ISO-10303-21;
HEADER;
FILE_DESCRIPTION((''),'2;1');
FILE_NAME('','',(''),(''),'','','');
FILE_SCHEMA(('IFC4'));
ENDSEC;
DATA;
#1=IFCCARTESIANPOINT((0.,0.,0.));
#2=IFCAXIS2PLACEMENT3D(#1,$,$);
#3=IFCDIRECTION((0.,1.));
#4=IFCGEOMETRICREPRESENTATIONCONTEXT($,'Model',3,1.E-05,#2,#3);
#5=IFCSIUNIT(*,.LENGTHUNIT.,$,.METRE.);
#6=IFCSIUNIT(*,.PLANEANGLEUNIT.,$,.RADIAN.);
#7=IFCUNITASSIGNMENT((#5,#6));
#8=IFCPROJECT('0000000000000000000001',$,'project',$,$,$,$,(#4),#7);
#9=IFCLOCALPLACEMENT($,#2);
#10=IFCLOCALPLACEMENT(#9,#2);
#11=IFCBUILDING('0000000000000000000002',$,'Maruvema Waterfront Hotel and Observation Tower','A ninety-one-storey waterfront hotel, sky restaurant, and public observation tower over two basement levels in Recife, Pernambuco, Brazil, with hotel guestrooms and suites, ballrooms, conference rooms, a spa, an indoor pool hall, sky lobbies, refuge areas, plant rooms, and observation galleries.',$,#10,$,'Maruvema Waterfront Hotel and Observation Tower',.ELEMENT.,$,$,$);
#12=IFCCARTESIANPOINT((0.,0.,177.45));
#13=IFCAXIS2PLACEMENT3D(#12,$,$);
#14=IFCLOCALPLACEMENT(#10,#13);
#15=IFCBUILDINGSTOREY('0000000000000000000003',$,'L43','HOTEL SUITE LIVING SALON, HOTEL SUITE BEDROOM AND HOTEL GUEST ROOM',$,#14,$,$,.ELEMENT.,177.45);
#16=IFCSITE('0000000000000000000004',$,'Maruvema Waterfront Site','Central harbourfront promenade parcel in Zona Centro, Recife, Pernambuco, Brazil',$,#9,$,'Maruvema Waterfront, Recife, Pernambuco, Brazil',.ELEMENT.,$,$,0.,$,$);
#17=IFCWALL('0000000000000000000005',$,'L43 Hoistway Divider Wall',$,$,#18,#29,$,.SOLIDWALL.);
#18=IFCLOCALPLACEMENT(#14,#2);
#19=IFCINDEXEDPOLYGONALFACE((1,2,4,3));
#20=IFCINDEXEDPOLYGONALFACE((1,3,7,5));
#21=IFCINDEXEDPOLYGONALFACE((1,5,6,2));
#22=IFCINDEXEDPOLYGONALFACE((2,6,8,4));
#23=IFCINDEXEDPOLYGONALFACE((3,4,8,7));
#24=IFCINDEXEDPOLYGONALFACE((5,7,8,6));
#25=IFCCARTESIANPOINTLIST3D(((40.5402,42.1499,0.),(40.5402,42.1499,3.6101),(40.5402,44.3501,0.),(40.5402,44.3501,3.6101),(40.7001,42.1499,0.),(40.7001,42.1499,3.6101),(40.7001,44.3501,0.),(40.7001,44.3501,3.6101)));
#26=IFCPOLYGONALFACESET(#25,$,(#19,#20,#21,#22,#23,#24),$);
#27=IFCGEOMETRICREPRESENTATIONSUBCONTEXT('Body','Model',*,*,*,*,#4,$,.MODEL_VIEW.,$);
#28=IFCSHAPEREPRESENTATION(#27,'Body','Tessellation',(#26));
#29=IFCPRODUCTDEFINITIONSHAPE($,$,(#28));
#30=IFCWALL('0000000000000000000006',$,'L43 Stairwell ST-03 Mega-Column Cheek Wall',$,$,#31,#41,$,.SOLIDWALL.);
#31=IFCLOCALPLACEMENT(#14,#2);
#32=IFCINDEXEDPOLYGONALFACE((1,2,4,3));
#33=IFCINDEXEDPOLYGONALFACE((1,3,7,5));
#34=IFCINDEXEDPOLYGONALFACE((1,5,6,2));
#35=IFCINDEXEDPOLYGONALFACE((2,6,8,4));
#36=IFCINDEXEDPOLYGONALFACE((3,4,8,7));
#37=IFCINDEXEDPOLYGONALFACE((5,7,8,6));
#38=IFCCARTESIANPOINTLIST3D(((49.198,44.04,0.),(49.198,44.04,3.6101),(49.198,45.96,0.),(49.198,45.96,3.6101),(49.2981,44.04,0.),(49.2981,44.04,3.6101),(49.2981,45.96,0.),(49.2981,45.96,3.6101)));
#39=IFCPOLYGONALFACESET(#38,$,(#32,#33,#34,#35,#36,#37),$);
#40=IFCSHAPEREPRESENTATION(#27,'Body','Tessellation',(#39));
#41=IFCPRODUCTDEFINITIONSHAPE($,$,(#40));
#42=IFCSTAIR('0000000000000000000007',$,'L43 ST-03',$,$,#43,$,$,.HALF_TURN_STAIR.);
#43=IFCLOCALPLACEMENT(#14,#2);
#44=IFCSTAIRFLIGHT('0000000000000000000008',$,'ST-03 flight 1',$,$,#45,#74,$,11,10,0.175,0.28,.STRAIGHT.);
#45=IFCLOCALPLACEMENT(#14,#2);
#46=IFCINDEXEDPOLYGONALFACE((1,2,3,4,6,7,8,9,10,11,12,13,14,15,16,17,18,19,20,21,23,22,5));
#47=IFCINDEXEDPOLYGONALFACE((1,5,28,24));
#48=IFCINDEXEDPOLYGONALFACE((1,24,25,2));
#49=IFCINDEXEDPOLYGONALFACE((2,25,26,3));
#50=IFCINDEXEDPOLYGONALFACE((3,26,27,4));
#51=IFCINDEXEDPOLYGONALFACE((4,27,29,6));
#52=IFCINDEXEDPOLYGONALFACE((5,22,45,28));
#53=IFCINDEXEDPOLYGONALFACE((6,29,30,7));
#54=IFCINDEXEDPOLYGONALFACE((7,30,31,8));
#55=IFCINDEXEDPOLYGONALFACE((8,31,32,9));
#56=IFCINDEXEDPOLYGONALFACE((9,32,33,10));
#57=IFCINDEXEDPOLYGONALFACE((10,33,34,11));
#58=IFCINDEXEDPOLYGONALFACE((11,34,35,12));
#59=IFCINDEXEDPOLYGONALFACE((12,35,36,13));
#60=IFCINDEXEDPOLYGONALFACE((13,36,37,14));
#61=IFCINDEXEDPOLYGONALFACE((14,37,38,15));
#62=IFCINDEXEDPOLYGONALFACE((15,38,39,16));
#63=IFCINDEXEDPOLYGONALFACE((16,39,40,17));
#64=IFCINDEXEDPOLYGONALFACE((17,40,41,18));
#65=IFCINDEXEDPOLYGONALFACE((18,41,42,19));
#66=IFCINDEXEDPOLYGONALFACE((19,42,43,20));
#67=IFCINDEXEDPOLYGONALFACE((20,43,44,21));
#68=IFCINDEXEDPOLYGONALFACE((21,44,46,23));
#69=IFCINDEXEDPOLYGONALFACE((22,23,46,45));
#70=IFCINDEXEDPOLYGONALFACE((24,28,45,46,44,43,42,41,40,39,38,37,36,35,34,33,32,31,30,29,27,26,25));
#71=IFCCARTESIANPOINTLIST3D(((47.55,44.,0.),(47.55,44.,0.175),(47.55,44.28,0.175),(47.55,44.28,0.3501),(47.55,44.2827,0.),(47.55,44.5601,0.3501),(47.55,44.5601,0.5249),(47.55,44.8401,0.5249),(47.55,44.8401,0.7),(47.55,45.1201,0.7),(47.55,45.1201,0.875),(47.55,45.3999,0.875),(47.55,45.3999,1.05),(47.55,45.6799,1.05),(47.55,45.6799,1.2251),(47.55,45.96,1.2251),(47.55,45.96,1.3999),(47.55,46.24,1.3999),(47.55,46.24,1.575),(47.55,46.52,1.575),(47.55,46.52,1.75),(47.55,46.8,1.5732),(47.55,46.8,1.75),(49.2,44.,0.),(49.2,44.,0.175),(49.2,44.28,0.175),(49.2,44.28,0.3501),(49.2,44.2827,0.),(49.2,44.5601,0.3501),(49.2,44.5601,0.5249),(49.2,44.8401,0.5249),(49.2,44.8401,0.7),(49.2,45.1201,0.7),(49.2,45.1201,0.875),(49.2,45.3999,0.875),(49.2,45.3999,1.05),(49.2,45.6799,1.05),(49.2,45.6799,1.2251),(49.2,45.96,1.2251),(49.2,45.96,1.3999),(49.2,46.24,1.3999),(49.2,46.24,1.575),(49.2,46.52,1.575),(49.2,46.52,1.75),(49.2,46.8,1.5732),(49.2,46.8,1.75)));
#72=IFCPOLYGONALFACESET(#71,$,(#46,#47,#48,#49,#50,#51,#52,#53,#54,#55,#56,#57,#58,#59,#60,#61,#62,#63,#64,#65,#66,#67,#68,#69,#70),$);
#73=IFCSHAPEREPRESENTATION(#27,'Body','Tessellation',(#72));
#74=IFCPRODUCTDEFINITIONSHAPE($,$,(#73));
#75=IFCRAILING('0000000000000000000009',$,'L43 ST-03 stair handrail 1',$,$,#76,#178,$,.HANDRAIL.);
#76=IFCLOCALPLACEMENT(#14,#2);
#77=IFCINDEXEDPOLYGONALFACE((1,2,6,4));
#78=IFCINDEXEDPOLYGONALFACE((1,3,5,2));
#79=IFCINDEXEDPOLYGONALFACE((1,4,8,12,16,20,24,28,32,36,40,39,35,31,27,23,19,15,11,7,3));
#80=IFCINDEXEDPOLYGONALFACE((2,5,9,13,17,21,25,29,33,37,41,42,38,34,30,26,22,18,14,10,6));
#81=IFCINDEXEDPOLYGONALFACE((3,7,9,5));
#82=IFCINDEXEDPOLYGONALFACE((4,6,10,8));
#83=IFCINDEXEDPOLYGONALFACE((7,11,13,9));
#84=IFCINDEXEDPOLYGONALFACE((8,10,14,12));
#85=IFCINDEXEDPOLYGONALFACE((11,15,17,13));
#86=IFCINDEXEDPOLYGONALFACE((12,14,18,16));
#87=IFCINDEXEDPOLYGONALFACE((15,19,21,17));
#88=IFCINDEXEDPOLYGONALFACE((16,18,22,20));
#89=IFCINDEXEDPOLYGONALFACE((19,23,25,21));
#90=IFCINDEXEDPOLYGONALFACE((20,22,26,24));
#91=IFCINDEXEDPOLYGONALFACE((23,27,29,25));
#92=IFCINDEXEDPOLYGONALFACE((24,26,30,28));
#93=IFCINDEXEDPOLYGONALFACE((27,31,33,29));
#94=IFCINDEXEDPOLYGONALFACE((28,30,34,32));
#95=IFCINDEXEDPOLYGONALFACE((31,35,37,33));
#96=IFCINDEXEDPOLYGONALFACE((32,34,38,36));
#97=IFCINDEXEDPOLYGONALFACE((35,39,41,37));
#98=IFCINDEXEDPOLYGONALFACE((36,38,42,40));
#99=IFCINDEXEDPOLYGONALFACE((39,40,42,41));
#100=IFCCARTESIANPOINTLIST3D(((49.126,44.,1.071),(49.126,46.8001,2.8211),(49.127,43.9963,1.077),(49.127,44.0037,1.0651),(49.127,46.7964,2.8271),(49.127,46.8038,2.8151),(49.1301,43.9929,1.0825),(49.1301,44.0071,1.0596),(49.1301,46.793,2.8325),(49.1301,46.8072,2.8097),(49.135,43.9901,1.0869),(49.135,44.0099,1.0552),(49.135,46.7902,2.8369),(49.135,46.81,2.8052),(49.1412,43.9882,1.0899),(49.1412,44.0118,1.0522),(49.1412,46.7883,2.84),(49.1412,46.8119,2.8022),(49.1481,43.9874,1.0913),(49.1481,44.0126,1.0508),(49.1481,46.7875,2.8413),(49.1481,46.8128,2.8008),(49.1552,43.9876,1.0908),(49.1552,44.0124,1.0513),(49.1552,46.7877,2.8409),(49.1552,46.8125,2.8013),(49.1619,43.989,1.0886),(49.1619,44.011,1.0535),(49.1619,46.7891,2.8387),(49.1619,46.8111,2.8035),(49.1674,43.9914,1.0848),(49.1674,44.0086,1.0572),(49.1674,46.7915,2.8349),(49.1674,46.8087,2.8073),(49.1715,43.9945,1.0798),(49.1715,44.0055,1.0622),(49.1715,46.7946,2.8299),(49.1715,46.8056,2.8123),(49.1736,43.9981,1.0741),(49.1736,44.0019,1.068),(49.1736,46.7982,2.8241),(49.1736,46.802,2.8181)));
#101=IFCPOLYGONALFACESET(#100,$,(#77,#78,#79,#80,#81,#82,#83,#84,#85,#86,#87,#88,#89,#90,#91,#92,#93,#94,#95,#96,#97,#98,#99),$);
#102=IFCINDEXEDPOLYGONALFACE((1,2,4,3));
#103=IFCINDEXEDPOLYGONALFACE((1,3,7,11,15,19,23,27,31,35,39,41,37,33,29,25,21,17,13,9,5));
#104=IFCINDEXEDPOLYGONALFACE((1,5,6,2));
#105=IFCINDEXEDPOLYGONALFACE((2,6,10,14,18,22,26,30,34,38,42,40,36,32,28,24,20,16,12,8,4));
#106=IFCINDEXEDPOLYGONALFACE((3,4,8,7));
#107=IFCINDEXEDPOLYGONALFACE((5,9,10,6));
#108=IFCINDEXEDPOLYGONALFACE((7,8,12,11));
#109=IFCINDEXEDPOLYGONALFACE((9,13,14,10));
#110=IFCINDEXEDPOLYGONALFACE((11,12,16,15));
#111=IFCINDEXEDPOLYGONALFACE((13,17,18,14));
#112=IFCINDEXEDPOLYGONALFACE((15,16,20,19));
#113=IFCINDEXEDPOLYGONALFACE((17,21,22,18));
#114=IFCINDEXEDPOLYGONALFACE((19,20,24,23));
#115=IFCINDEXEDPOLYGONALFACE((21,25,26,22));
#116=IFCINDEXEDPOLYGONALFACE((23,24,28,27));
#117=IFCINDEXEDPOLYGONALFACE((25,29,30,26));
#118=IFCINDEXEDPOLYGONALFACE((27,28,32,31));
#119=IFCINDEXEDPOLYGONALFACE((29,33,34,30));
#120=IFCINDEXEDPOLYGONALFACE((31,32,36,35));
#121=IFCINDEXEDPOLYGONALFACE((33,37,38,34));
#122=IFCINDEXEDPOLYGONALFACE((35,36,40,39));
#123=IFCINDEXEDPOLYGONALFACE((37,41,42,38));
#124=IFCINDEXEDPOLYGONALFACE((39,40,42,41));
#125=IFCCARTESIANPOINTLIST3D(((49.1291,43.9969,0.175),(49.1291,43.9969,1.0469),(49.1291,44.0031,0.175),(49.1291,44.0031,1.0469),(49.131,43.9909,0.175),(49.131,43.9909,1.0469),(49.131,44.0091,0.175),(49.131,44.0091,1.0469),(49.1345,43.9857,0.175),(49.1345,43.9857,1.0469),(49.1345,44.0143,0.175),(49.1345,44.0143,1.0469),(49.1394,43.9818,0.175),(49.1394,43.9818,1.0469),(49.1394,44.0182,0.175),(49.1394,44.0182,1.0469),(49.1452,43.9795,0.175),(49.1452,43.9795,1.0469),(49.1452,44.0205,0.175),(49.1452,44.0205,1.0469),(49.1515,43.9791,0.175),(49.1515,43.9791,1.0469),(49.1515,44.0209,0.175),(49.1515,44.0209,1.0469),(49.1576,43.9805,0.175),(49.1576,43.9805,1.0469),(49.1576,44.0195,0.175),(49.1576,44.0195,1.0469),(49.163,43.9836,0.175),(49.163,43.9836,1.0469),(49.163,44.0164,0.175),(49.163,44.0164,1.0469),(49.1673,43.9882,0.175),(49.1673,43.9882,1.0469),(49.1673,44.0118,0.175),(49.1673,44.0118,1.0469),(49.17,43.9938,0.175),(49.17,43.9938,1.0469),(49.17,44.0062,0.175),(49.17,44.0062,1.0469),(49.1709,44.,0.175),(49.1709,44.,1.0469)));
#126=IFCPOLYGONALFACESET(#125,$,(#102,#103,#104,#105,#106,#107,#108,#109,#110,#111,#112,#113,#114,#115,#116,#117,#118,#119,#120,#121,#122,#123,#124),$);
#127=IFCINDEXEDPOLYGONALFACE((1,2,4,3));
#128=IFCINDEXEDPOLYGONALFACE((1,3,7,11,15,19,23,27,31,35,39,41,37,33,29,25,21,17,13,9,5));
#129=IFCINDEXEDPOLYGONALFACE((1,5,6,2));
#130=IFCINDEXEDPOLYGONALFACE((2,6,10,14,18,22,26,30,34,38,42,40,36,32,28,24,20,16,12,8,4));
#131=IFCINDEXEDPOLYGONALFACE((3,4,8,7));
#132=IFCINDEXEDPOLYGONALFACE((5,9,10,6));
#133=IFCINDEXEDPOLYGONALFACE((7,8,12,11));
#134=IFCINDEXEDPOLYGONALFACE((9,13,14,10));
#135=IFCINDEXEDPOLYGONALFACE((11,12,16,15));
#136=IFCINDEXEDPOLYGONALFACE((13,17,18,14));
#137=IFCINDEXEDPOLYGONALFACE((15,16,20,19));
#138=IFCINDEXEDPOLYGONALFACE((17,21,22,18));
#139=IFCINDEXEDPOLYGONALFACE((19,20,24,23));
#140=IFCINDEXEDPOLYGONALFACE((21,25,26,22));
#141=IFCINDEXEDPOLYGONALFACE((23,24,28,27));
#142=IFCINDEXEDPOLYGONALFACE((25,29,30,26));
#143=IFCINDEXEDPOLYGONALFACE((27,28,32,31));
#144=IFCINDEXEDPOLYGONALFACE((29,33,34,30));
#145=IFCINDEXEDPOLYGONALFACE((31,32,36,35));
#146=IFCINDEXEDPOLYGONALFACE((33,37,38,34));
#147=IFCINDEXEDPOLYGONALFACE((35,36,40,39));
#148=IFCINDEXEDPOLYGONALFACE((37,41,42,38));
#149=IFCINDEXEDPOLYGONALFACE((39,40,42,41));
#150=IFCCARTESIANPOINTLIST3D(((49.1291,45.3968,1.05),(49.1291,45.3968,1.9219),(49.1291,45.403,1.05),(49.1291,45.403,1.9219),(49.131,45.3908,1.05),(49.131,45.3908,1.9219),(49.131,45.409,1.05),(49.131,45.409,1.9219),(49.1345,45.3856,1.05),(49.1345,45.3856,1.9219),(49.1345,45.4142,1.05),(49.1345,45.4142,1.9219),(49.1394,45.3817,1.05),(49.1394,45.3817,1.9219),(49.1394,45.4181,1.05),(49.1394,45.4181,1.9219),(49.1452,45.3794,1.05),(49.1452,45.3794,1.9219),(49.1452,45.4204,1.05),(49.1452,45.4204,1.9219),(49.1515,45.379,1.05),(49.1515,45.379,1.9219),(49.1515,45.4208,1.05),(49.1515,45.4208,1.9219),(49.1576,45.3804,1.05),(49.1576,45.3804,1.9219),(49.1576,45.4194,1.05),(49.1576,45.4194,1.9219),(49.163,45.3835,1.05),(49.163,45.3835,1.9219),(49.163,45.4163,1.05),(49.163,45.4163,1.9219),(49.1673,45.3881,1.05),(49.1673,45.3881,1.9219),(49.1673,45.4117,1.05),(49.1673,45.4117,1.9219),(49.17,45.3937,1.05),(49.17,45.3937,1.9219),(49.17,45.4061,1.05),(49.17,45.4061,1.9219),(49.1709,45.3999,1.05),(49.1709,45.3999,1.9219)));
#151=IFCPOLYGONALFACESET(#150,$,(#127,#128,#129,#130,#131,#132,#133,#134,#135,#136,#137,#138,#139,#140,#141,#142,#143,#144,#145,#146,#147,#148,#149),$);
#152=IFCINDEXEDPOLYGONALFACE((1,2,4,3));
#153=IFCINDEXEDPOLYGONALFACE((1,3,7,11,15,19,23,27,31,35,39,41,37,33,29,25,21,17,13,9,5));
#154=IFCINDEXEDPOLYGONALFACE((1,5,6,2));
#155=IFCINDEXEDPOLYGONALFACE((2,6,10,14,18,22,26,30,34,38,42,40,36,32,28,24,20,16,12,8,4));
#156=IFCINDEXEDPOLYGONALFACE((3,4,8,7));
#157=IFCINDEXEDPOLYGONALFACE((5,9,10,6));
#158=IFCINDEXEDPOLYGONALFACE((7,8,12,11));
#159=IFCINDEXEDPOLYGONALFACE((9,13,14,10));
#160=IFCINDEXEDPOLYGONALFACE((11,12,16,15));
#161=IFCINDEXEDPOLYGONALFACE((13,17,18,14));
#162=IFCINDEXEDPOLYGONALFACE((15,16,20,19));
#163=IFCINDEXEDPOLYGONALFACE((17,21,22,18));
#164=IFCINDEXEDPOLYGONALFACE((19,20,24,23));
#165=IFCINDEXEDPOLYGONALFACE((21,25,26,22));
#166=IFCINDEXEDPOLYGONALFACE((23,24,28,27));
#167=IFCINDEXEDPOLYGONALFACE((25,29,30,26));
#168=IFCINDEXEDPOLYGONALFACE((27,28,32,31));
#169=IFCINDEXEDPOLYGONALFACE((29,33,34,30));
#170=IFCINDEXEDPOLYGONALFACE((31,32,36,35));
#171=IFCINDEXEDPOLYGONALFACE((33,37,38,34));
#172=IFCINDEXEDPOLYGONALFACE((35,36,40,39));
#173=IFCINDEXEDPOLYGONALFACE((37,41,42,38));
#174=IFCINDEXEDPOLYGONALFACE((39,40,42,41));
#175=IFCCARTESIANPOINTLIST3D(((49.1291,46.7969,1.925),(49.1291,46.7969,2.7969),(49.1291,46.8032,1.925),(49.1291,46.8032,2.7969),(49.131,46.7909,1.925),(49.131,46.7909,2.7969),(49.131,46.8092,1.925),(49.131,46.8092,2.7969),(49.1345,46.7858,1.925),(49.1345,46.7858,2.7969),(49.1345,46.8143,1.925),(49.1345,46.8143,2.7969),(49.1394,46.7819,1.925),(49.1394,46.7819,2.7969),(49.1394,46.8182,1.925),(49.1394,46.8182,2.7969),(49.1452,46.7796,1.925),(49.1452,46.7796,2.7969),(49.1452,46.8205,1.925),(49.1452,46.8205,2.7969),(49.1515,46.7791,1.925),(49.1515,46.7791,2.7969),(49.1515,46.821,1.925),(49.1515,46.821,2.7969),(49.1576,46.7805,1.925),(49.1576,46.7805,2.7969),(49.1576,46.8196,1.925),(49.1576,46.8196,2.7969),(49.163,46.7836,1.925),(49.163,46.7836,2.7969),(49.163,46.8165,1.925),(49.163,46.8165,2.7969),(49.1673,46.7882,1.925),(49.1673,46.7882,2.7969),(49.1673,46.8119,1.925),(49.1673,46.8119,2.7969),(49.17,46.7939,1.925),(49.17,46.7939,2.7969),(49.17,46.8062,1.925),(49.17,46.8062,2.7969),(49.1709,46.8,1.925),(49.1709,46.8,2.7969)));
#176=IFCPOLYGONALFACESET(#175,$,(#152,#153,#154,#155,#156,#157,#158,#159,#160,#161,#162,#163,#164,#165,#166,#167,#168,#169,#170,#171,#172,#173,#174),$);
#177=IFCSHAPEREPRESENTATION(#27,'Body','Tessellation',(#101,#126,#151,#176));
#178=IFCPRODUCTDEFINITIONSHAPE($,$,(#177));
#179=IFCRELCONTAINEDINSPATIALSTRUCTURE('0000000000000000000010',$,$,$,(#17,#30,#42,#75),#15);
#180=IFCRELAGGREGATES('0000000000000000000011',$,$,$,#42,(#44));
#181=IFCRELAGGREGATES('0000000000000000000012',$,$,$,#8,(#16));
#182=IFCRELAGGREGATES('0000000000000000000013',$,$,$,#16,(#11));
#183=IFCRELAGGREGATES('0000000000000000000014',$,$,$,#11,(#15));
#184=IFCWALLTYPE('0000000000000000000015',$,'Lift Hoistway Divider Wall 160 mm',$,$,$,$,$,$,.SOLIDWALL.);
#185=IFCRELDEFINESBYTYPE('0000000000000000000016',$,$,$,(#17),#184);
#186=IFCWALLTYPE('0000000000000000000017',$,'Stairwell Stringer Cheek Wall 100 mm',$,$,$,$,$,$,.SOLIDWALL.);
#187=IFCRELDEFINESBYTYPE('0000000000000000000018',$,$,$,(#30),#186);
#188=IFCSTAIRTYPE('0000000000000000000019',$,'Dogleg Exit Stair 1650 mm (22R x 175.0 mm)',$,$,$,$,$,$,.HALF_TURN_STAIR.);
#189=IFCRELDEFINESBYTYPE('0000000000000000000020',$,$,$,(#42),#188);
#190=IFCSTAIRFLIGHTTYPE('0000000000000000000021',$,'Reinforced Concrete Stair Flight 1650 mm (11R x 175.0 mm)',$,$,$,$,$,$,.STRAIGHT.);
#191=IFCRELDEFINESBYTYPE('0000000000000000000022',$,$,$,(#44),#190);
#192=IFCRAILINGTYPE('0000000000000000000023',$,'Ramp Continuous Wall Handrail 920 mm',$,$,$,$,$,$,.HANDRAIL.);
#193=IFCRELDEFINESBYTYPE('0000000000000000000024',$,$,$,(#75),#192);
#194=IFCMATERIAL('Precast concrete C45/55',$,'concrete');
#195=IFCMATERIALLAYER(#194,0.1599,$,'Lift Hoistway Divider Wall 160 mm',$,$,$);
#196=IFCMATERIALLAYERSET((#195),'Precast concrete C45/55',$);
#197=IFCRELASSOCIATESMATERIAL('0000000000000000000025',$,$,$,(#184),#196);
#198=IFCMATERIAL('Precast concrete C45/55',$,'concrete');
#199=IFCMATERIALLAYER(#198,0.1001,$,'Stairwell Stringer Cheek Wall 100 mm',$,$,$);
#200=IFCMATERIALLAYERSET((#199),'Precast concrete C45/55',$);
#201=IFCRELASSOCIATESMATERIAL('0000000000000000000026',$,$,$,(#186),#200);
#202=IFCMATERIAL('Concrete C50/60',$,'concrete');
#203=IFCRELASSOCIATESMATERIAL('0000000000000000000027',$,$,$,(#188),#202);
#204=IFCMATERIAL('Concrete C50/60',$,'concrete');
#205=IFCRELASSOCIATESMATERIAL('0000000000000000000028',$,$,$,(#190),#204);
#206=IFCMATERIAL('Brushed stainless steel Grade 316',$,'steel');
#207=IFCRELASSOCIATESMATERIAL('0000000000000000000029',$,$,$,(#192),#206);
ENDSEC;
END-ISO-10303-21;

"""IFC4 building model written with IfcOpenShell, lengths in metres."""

from ifc_helpers import new_model, si_unit, direction, frame, frame_2d, origin, origin_2d, place, context, subcontext, project, spatial, polyline, rectangle, circle, outline, extrude, material, layer, layer_set, type_object, element, aggregate, save


model = new_model("IFC4")

# Units and contexts
model_context = context("Model", 3, precision=1e-05, world=origin(), true_north=direction((0.0, 1.0)))
body_context = subcontext(model_context, "Body", "Model", "MODEL_VIEW")
ifc_project = project(units=[si_unit("LENGTHUNIT", "METRE"), si_unit("PLANEANGLEUNIT", "RADIAN")], contexts=[model_context])

# Site, building, storey
site_placement = place(None, origin())
site = spatial("IfcSite", under=ifc_project, at=site_placement, Name="Maruvema Waterfront Site", Description="Central harbourfront promenade parcel in Zona Centro, Recife, Pernambuco, Brazil", LongName="Maruvema Waterfront, Recife, Pernambuco, Brazil", CompositionType="ELEMENT", RefElevation=0.0)
building_placement = place(site_placement, origin())
building = spatial("IfcBuilding", under=site, at=building_placement, Name="Maruvema Waterfront Hotel and Observation Tower", Description="A ninety-one-storey waterfront hotel, sky restaurant, and public observation tower over two basement levels in Recife, Pernambuco, Brazil, with hotel guestrooms and suites, ballrooms, conference rooms, a spa, an indoor pool hall, sky lobbies, refuge areas, plant rooms, and observation galleries.", LongName="Maruvema Waterfront Hotel and Observation Tower", CompositionType="ELEMENT")
storey_placement = place(building_placement, frame((0.0, 0.0, 177.45)))
storey = spatial("IfcBuildingStorey", under=building, at=storey_placement, Name="L43", Description="HOTEL SUITE LIVING SALON, HOTEL SUITE BEDROOM AND HOTEL GUEST ROOM", CompositionType="ELEMENT", Elevation=177.45)

# Walls
ifc_material_1 = material(Name="Precast concrete C45/55", Category="concrete")
ifc_layer_1 = layer(ifc_material_1, 0.1599, Name="Lift Hoistway Divider Wall 160 mm")
ifc_layer_set_1 = layer_set([ifc_layer_1], Name="Precast concrete C45/55")
wall_type_1 = type_object("IfcWallType", Name="Lift Hoistway Divider Wall 160 mm", PredefinedType="SOLIDWALL", material=ifc_layer_set_1)
for number, where, z_axis, x_axis, name in (
    (1, (40.6201, 42.1499, 0.0), (0.0, 0.0, 1.0), (0.0, 1.0, 0.0), "L43 Hoistway Divider Wall"),
):
    element("IfcWall", number, at=place(storey_placement, frame(where, z_axis=z_axis, x_axis=x_axis)), inside=storey, type_object=wall_type_1, Name=name, PredefinedType="SOLIDWALL", context=body_context, shape_type="SweptSolid", body=[
        extrude(rectangle(XDim=2.2002, YDim=0.1599, at=frame_2d((1.1001, 0.0))), origin(), (0.0, 0.0, 1.0), 3.6101),
    ])
ifc_material_2 = material(Name="Precast concrete C45/55", Category="concrete")
ifc_layer_2 = layer(ifc_material_2, 0.1001, Name="Stairwell Stringer Cheek Wall 100 mm")
ifc_layer_set_2 = layer_set([ifc_layer_2], Name="Precast concrete C45/55")
wall_type_2 = type_object("IfcWallType", Name="Stairwell Stringer Cheek Wall 100 mm", PredefinedType="SOLIDWALL", material=ifc_layer_set_2)
wall_1_placement = place(storey_placement, frame((49.248, 44.04, 0.0), z_axis=(0.0, 0.0, 1.0), x_axis=(0.0, 1.0, 0.0)))
element("IfcWall", 2, at=wall_1_placement, inside=storey, type_object=wall_type_2, Name="L43 Stairwell ST-03 Mega-Column Cheek Wall", PredefinedType="SOLIDWALL", context=body_context, shape_type="SweptSolid", body=[
    extrude(rectangle(XDim=1.9199, YDim=0.1001, at=frame_2d((0.96, 0.0))), origin(), (0.0, 0.0, 1.0), 3.6101),
])

# Stair, stair flight
ifc_material_3 = material(Name="Concrete C50/60", Category="concrete")
stair_type = type_object("IfcStairType", Name="Dogleg Exit Stair 1650 mm (22R x 175.0 mm)", PredefinedType="HALF_TURN_STAIR", material=ifc_material_3)
stair_placement = place(storey_placement, origin())
stair = element("IfcStair", 3, at=stair_placement, inside=storey, type_object=stair_type, Name="L43 ST-03", PredefinedType="HALF_TURN_STAIR")
ifc_material_4 = material(Name="Concrete C50/60", Category="concrete")
stair_flight_type = type_object("IfcStairFlightType", Name="Reinforced Concrete Stair Flight 1650 mm (11R x 175.0 mm)", PredefinedType="STRAIGHT", material=ifc_material_4)
stair_flight_placement = place(storey_placement, frame((48.375, 44.0, 0.0), z_axis=(0.0, 0.0, 1.0), x_axis=(0.0, 1.0, 0.0)))
stair_flight = element("IfcStairFlight", 4, at=stair_flight_placement, type_object=stair_flight_type, Name="ST-03 flight 1", NumberOfRisers=11, NumberOfTreads=10, PredefinedType="STRAIGHT", RiserHeight=0.175, TreadLength=0.28, context=body_context, shape_type="SweptSolid", body=[
    extrude(outline(polyline([(0.0, 0.0), (0.0, 0.175), (0.28, 0.175), (0.28, 0.3501), (0.5601, 0.3501), (0.5601, 0.5249), (0.8401, 0.5249), (0.8401, 0.7), (1.1201, 0.7), (1.1201, 0.875), (1.3999, 0.875), (1.3999, 1.05), (1.6799, 1.05), (1.6799, 1.2251), (1.96, 1.2251), (1.96, 1.3999), (2.24, 1.3999), (2.24, 1.575), (2.52, 1.575), (2.52, 1.75), (2.8, 1.75), (2.8, 1.925), (2.8, 1.5732), (0.2827, 0.0), (0.0, 0.0)])), frame((0.0, 0.825, 0.0), z_axis=(0.0, -1.0, 0.0), x_axis=(1.0, 0.0, 0.0)), (0.0, 0.0, 1.0), 1.6499),
])
aggregate(stair, [stair_flight])

# Railing
ifc_material_5 = material(Name="Brushed stainless steel Grade 316", Category="steel")
railing_type_1 = type_object("IfcRailingType", Name="Ramp Continuous Wall Handrail 920 mm", PredefinedType="HANDRAIL", material=ifc_material_5)
railing_1_placement = place(storey_placement, frame((49.1499, 44.0, 0.175)))
element("IfcRailing", 5, at=railing_1_placement, inside=storey, type_object=railing_type_1, Name="L43 ST-03 stair handrail 1", PredefinedType="HANDRAIL", context=body_context, shape_type="SweptSolid", body=[
    extrude(circle(Radius=0.0239, at=origin_2d()), frame((0.0, 0.0, 0.896), z_axis=(0.0, 0.848002, 0.529992), x_axis=(-1.0, 0.0, 0.0)), (0.0, 0.0, 1.0), 3.302),
    extrude(circle(Radius=0.021, at=origin_2d()), origin(), (0.0, 0.0, 1.0), 0.8718),
    extrude(circle(Radius=0.021, at=origin_2d()), frame((0.0, 1.3999, 0.875)), (0.0, 0.0, 1.0), 0.8718),
    extrude(circle(Radius=0.021, at=origin_2d()), frame((0.0, 2.8, 1.75)), (0.0, 0.0, 1.0), 0.8718),
])

save(model, "model.ifc")
